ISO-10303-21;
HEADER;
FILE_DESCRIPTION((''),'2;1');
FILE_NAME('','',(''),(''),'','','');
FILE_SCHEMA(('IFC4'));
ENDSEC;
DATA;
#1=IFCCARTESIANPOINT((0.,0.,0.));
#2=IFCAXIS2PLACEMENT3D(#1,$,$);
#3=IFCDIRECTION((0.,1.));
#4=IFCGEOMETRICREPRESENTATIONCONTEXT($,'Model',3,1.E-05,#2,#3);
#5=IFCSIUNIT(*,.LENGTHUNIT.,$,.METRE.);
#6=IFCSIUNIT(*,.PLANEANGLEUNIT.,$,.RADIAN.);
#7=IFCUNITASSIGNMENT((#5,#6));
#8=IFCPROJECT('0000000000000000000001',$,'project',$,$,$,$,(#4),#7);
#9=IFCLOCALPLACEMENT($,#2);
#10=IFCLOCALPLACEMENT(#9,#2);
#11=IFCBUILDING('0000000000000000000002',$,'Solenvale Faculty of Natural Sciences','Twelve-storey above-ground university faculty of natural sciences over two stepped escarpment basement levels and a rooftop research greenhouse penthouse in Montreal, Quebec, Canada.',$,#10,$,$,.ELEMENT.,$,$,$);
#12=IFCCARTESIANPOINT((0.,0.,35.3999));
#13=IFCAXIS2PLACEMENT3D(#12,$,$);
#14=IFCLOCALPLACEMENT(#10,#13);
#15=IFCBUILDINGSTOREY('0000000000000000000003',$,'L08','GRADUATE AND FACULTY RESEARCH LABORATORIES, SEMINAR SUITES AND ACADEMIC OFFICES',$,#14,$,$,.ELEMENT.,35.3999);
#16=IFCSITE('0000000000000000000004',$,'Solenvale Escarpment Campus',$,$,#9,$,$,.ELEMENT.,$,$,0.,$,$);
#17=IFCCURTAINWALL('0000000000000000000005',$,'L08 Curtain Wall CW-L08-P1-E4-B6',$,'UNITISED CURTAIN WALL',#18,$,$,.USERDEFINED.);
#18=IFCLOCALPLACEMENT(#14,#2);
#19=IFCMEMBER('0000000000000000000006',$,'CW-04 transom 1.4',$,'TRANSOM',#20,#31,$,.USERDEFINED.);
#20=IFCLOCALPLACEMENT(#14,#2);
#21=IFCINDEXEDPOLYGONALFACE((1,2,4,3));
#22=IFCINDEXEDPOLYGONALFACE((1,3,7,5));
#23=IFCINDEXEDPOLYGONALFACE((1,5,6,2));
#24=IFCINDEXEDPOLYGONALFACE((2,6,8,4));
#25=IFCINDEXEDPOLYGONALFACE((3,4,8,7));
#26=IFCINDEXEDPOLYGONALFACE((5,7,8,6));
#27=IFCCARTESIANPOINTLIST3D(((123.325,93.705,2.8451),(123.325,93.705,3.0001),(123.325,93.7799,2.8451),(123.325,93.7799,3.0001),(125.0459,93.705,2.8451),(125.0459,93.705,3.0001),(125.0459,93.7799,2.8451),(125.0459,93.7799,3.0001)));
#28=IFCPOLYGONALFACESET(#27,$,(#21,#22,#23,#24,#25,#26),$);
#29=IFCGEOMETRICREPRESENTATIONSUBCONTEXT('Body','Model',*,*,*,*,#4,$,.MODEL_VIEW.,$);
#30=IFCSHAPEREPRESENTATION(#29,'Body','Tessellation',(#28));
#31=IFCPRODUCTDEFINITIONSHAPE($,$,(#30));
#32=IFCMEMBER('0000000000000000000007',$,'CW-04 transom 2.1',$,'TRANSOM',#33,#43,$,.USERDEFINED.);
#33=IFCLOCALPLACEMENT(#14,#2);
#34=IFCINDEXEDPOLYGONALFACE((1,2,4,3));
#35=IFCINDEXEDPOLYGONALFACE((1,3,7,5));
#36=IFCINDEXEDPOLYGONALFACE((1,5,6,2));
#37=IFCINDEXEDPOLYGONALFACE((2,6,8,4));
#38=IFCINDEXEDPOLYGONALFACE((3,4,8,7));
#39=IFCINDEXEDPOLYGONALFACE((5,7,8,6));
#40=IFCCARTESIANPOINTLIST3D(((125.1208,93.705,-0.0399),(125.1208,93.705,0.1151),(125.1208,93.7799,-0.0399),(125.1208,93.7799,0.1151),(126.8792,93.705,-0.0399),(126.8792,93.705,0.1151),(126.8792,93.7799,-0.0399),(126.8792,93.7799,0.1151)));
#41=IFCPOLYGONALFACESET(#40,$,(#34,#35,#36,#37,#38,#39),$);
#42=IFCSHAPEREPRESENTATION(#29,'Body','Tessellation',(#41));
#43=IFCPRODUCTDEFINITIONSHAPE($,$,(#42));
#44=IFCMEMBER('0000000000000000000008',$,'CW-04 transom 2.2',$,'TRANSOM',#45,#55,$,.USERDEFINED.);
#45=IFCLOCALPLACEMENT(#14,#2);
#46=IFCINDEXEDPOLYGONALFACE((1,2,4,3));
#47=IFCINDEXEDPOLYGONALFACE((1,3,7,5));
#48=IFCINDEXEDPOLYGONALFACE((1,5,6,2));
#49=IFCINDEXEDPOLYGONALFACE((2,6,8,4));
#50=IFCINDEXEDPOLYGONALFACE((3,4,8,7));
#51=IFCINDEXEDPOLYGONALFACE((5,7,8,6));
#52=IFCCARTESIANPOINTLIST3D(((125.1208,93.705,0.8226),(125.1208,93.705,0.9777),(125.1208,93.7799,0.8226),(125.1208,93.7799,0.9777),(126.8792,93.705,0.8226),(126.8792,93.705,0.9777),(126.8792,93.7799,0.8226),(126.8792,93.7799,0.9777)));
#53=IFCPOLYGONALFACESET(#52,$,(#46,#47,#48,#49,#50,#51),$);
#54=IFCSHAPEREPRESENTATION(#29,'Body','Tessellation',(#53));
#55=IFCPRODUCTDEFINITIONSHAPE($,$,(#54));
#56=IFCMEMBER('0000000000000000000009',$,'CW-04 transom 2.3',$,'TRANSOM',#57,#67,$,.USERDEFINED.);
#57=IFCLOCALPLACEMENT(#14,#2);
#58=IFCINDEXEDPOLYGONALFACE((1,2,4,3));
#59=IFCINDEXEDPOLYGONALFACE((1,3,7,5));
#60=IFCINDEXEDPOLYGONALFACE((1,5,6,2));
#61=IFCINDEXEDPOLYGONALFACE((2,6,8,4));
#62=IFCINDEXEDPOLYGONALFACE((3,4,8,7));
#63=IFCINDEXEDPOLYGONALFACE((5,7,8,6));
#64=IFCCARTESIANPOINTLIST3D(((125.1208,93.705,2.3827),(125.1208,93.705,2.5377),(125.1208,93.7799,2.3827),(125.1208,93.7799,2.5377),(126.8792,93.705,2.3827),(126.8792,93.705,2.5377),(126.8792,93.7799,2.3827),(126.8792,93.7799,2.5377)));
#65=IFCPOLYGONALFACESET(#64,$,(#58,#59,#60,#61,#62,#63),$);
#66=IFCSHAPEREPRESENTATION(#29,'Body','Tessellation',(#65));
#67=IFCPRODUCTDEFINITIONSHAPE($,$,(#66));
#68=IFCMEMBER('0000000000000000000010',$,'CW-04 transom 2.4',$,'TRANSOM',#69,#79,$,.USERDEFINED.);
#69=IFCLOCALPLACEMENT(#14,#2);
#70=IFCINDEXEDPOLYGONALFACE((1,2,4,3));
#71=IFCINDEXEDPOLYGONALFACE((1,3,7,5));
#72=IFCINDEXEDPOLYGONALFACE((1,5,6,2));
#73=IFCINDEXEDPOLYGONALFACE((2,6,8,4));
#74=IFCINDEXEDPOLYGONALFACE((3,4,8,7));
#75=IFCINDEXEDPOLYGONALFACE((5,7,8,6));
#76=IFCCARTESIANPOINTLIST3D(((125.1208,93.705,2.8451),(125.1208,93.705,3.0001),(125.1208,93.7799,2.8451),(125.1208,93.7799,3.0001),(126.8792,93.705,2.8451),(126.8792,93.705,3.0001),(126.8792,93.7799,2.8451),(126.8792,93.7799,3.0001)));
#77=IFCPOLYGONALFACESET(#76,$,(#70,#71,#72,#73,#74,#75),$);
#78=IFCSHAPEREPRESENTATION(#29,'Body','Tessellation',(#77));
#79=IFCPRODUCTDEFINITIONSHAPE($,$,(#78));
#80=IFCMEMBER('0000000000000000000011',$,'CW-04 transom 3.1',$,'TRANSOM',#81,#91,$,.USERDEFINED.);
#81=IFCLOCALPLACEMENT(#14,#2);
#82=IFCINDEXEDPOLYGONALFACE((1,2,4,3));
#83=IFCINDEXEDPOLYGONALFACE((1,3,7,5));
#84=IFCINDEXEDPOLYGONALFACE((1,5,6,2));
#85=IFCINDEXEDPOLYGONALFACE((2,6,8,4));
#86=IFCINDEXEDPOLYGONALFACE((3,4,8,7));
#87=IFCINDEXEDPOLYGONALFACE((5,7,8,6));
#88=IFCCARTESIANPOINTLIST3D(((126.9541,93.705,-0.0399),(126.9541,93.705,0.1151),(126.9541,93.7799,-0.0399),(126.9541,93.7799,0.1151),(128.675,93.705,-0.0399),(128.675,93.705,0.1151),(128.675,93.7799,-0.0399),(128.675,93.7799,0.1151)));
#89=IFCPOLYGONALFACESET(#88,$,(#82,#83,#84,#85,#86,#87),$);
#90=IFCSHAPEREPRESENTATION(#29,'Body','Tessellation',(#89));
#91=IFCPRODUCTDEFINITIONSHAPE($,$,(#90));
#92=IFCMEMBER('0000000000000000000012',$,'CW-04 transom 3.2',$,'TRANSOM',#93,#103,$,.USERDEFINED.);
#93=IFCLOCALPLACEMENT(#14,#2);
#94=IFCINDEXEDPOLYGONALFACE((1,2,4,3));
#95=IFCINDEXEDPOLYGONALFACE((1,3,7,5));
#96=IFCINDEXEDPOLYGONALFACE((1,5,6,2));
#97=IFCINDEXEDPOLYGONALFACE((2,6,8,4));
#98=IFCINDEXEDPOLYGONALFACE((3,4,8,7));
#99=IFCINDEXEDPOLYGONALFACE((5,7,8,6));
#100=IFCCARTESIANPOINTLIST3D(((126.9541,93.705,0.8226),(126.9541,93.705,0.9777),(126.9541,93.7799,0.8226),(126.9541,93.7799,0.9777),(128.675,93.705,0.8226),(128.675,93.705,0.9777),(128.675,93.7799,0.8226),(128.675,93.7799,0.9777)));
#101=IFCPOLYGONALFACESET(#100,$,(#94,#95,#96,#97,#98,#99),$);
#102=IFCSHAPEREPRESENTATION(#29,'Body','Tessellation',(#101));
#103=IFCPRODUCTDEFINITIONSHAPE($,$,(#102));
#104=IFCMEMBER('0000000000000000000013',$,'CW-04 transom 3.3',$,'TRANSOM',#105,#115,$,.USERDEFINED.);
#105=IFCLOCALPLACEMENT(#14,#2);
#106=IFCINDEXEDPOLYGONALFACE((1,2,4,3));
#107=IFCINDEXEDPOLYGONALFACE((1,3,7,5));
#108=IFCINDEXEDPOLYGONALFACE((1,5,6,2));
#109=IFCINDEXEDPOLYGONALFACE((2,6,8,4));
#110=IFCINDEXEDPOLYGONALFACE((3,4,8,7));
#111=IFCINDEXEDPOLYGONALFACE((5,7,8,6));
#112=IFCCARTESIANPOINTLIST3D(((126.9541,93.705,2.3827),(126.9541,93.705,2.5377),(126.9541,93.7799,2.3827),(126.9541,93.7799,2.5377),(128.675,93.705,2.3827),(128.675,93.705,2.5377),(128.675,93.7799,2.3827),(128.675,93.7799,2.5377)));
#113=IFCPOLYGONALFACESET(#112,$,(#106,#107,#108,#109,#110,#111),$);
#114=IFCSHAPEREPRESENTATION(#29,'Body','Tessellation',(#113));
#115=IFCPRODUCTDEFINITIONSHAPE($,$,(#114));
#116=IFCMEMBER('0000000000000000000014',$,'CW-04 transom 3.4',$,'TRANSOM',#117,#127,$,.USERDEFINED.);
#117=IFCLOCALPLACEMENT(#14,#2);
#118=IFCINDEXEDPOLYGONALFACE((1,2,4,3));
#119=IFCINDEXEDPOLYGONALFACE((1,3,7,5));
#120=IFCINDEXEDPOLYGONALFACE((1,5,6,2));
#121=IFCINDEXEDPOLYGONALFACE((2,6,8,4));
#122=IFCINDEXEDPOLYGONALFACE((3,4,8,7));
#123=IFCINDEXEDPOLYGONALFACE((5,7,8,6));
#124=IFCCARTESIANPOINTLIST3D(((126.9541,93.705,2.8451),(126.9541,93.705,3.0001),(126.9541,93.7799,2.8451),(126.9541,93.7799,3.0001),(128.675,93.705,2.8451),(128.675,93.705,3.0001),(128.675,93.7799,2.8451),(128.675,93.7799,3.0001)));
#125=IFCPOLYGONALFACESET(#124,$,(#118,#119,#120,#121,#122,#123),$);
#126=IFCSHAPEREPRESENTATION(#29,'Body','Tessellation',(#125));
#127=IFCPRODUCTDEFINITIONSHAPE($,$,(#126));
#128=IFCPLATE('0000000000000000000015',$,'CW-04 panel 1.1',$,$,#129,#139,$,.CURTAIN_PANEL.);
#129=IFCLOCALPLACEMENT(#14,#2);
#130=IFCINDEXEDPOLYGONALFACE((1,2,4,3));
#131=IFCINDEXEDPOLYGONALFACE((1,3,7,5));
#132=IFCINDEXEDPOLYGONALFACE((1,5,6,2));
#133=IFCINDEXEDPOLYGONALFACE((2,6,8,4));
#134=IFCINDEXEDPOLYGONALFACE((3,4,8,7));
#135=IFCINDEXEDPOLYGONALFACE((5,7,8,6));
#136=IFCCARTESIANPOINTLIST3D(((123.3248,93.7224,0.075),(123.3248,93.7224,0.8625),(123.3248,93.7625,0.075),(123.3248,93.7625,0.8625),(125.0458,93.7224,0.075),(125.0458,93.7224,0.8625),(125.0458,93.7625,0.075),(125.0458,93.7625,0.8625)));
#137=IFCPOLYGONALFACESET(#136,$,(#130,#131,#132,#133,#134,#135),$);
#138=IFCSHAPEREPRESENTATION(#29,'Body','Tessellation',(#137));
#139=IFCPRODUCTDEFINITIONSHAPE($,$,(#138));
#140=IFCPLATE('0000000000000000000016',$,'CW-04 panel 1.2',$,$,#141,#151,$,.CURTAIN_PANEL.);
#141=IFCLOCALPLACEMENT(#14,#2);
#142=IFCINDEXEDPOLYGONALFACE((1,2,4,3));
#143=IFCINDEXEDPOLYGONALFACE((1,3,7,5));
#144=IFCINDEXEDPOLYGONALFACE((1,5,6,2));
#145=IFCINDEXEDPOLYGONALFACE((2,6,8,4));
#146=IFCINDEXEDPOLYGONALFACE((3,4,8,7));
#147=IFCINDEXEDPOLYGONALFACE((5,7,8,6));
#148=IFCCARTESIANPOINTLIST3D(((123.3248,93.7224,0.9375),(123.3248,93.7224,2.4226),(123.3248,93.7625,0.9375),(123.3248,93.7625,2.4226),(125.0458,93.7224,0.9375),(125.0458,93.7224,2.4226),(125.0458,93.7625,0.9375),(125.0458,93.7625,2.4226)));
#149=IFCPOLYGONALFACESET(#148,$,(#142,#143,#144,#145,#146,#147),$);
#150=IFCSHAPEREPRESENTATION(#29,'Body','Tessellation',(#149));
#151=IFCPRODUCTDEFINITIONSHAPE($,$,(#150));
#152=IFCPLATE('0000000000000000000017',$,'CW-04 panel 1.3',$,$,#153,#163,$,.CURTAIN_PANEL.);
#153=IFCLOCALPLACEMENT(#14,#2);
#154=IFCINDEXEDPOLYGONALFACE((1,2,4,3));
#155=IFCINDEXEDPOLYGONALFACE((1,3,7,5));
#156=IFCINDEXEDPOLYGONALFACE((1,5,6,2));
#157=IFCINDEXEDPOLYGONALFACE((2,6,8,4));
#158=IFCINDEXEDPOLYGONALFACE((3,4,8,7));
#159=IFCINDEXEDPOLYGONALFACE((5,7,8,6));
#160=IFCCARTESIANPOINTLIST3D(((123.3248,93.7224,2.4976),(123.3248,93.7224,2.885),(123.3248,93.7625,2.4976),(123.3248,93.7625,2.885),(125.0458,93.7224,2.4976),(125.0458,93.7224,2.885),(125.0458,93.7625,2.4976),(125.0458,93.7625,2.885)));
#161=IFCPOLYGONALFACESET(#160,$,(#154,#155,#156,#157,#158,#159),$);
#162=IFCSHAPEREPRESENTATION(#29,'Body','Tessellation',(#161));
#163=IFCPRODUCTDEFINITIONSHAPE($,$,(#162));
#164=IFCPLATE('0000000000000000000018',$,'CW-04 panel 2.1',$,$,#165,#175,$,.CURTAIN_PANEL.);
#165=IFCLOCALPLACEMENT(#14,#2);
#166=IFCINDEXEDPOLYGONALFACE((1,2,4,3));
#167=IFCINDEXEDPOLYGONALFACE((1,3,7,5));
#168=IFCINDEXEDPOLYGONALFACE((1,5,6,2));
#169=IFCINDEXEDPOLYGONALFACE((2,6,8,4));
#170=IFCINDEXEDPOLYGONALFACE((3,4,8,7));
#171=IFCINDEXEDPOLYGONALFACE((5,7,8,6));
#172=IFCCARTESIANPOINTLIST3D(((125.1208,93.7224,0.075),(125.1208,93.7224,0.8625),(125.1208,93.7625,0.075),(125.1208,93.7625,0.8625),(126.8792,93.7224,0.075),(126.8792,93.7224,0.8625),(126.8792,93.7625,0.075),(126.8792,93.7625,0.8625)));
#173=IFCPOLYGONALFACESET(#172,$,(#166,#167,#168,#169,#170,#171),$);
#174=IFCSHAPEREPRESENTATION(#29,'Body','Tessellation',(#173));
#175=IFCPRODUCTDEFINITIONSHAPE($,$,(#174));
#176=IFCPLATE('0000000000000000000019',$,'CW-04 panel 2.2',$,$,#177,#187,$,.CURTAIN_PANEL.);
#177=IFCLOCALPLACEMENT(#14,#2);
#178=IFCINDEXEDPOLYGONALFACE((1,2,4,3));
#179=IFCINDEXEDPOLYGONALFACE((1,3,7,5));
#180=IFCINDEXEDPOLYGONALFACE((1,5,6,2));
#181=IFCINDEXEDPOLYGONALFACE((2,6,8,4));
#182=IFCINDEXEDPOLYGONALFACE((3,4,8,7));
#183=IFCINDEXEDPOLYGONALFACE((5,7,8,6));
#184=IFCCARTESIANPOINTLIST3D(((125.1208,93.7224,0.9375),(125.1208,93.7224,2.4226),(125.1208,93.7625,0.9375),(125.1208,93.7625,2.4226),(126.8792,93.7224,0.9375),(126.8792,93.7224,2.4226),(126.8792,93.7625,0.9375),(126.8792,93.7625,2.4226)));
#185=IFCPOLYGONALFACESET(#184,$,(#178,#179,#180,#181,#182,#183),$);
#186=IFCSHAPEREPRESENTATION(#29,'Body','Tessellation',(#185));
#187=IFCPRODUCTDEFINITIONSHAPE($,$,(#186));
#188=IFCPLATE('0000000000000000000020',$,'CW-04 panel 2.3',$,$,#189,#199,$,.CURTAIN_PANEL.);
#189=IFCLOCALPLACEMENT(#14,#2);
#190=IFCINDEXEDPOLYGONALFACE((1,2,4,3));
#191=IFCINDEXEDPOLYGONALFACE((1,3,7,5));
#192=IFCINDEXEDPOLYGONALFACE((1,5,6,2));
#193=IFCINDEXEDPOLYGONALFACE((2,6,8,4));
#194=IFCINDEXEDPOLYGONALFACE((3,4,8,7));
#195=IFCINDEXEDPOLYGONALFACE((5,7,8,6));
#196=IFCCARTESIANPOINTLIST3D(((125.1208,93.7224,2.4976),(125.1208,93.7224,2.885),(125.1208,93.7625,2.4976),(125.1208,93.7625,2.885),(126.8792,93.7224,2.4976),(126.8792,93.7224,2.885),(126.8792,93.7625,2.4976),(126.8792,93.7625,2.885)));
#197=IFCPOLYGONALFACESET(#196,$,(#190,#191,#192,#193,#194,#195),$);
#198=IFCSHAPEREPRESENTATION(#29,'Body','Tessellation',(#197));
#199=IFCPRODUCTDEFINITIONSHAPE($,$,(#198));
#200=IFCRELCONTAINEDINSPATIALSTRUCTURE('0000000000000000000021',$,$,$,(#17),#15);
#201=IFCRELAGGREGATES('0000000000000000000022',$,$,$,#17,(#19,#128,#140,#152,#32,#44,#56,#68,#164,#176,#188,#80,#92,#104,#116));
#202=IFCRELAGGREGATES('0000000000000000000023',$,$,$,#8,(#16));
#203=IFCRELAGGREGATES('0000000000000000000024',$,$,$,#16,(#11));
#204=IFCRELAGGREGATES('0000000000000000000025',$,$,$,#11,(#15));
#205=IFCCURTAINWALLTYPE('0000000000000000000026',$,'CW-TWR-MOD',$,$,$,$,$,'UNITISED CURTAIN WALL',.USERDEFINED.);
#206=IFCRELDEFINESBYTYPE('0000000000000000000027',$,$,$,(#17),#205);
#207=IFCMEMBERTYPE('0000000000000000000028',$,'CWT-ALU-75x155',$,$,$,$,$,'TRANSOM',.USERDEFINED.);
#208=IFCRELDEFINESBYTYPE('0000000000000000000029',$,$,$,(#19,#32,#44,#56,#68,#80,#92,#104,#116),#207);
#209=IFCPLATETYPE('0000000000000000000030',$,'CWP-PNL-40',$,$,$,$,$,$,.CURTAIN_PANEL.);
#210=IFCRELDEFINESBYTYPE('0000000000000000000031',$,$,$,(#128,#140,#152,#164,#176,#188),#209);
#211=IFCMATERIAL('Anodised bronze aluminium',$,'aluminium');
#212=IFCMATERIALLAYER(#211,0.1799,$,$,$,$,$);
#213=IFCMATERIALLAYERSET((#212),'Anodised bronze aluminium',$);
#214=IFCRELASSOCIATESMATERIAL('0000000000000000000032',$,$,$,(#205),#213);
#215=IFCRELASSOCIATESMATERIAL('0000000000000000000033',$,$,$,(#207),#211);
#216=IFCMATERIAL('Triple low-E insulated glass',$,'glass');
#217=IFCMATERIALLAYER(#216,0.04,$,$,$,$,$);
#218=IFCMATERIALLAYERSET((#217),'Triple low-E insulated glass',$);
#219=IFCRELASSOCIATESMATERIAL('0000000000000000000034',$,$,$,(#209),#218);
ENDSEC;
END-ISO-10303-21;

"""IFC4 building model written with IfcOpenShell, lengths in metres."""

from ifc_helpers import new_model, si_unit, direction, frame, origin, origin_2d, place, context, subcontext, project, spatial, rectangle, extrude, material, layer, layer_set, material_profile, profile_set, type_object, element, aggregate, save


model = new_model("IFC4")

# Units and contexts
model_context = context("Model", 3, precision=1e-05, world=origin(), true_north=direction((0.0, 1.0)))
body_context = subcontext(model_context, "Body", "Model", "MODEL_VIEW")
ifc_project = project(units=[si_unit("LENGTHUNIT", "METRE"), si_unit("PLANEANGLEUNIT", "RADIAN")], contexts=[model_context])

# Site, building, storey
site_placement = place(None, origin())
site = spatial("IfcSite", under=ifc_project, at=site_placement, Name="Solenvale Escarpment Campus", CompositionType="ELEMENT", RefElevation=0.0)
building_placement = place(site_placement, origin())
building = spatial("IfcBuilding", under=site, at=building_placement, Name="Solenvale Faculty of Natural Sciences", Description="Twelve-storey above-ground university faculty of natural sciences over two stepped escarpment basement levels and a rooftop research greenhouse penthouse in Montreal, Quebec, Canada.", CompositionType="ELEMENT")
storey_placement = place(building_placement, frame((0.0, 0.0, 35.3999)))
storey = spatial("IfcBuildingStorey", under=building, at=storey_placement, Name="L08", Description="GRADUATE AND FACULTY RESEARCH LABORATORIES, SEMINAR SUITES AND ACADEMIC OFFICES", CompositionType="ELEMENT", Elevation=35.3999)

# Shared definitions
ifc_material_1 = material(Name="Anodised bronze aluminium", Category="aluminium")
ifc_layer_1 = layer(ifc_material_1, 0.1799)
ifc_layer_set_1 = layer_set([ifc_layer_1], Name="Anodised bronze aluminium")
curtain_wall_type = type_object("IfcCurtainWallType", Name="CW-TWR-MOD", ElementType="UNITISED CURTAIN WALL", PredefinedType="USERDEFINED", material=ifc_layer_set_1)

# Curtain wall, members, plates
curtain_wall_1_placement = place(storey_placement, origin())
curtain_wall_1 = element("IfcCurtainWall", 1, at=curtain_wall_1_placement, inside=storey, type_object=curtain_wall_type, Name="L08 Curtain Wall CW-L08-P1-E4-B6", ObjectType="UNITISED CURTAIN WALL", PredefinedType="USERDEFINED")
ifc_material_profile_1 = material_profile(ifc_material_1, rectangle(XDim=0.075, YDim=0.155, at=origin_2d()), Name="ALU-TRN-75x155")
ifc_profile_set_1 = profile_set([ifc_material_profile_1], Name="Anodised bronze aluminium")
member_type_1 = type_object("IfcMemberType", Name="CWT-ALU-75x155", ElementType="TRANSOM", PredefinedType="USERDEFINED", material=ifc_profile_set_1)
member_1_placement = place(storey_placement, frame((123.325, 93.7424, 2.9226), z_axis=(1.0, 0.0, 0.0), x_axis=(0.0, 1.0, 0.0)))
member_1 = element("IfcMember", 2, at=member_1_placement, type_object=member_type_1, Name="CW-04 transom 1.4", ObjectType="TRANSOM", PredefinedType="USERDEFINED", context=body_context, shape_type="SweptSolid", body=[
    extrude(rectangle(XDim=0.075, YDim=0.155, at=origin_2d()), origin(), (0.0, 0.0, 1.0), 1.7209),
])
member_2_placement = place(storey_placement, frame((125.1208, 93.7424, 0.0376), z_axis=(1.0, 0.0, 0.0), x_axis=(0.0, 1.0, 0.0)))
member_2 = element("IfcMember", 3, at=member_2_placement, type_object=member_type_1, Name="CW-04 transom 2.1", ObjectType="TRANSOM", PredefinedType="USERDEFINED", context=body_context, shape_type="SweptSolid", body=[
    extrude(rectangle(XDim=0.075, YDim=0.155, at=origin_2d()), origin(), (0.0, 0.0, 1.0), 1.7583),
])
member_3_placement = place(storey_placement, frame((125.1208, 93.7424, 0.9001), z_axis=(1.0, 0.0, 0.0), x_axis=(0.0, 1.0, 0.0)))
member_3 = element("IfcMember", 4, at=member_3_placement, type_object=member_type_1, Name="CW-04 transom 2.2", ObjectType="TRANSOM", PredefinedType="USERDEFINED", context=body_context, shape_type="SweptSolid", body=[
    extrude(rectangle(XDim=0.075, YDim=0.155, at=origin_2d()), origin(), (0.0, 0.0, 1.0), 1.7583),
])
member_4_placement = place(storey_placement, frame((125.1208, 93.7424, 2.4602), z_axis=(1.0, 0.0, 0.0), x_axis=(0.0, 1.0, 0.0)))
member_4 = element("IfcMember", 5, at=member_4_placement, type_object=member_type_1, Name="CW-04 transom 2.3", ObjectType="TRANSOM", PredefinedType="USERDEFINED", context=body_context, shape_type="SweptSolid", body=[
    extrude(rectangle(XDim=0.075, YDim=0.155, at=origin_2d()), origin(), (0.0, 0.0, 1.0), 1.7583),
])
member_5_placement = place(storey_placement, frame((125.1208, 93.7424, 2.9226), z_axis=(1.0, 0.0, 0.0), x_axis=(0.0, 1.0, 0.0)))
member_5 = element("IfcMember", 6, at=member_5_placement, type_object=member_type_1, Name="CW-04 transom 2.4", ObjectType="TRANSOM", PredefinedType="USERDEFINED", context=body_context, shape_type="SweptSolid", body=[
    extrude(rectangle(XDim=0.075, YDim=0.155, at=origin_2d()), origin(), (0.0, 0.0, 1.0), 1.7583),
])
member_6_placement = place(storey_placement, frame((126.9541, 93.7424, 0.0376), z_axis=(1.0, 0.0, 0.0), x_axis=(0.0, 1.0, 0.0)))
member_6 = element("IfcMember", 7, at=member_6_placement, type_object=member_type_1, Name="CW-04 transom 3.1", ObjectType="TRANSOM", PredefinedType="USERDEFINED", context=body_context, shape_type="SweptSolid", body=[
    extrude(rectangle(XDim=0.075, YDim=0.155, at=origin_2d()), origin(), (0.0, 0.0, 1.0), 1.7209),
])
member_7_placement = place(storey_placement, frame((126.9541, 93.7424, 0.9001), z_axis=(1.0, 0.0, 0.0), x_axis=(0.0, 1.0, 0.0)))
member_7 = element("IfcMember", 8, at=member_7_placement, type_object=member_type_1, Name="CW-04 transom 3.2", ObjectType="TRANSOM", PredefinedType="USERDEFINED", context=body_context, shape_type="SweptSolid", body=[
    extrude(rectangle(XDim=0.075, YDim=0.155, at=origin_2d()), origin(), (0.0, 0.0, 1.0), 1.7209),
])
member_8_placement = place(storey_placement, frame((126.9541, 93.7424, 2.4602), z_axis=(1.0, 0.0, 0.0), x_axis=(0.0, 1.0, 0.0)))
member_8 = element("IfcMember", 9, at=member_8_placement, type_object=member_type_1, Name="CW-04 transom 3.3", ObjectType="TRANSOM", PredefinedType="USERDEFINED", context=body_context, shape_type="SweptSolid", body=[
    extrude(rectangle(XDim=0.075, YDim=0.155, at=origin_2d()), origin(), (0.0, 0.0, 1.0), 1.7209),
])
member_9_placement = place(storey_placement, frame((126.9541, 93.7424, 2.9226), z_axis=(1.0, 0.0, 0.0), x_axis=(0.0, 1.0, 0.0)))
member_9 = element("IfcMember", 10, at=member_9_placement, type_object=member_type_1, Name="CW-04 transom 3.4", ObjectType="TRANSOM", PredefinedType="USERDEFINED", context=body_context, shape_type="SweptSolid", body=[
    extrude(rectangle(XDim=0.075, YDim=0.155, at=origin_2d()), origin(), (0.0, 0.0, 1.0), 1.7209),
])
ifc_material_2 = material(Name="Triple low-E insulated glass", Category="glass")
ifc_layer_2 = layer(ifc_material_2, 0.04)
ifc_layer_set_2 = layer_set([ifc_layer_2], Name="Triple low-E insulated glass")
plate_type = type_object("IfcPlateType", Name="CWP-PNL-40", PredefinedType="CURTAIN_PANEL", material=ifc_layer_set_2)
plate_1_placement = place(storey_placement, frame((124.1853, 93.7424, 0.075), z_axis=(0.0, 0.0, 1.0), x_axis=(1.0, 0.0, 0.0)))
plate_1 = element("IfcPlate", 11, at=plate_1_placement, type_object=plate_type, Name="CW-04 panel 1.1", PredefinedType="CURTAIN_PANEL", context=body_context, shape_type="SweptSolid", body=[
    extrude(rectangle(XDim=1.7209, YDim=0.04, at=origin_2d()), origin(), (0.0, 0.0, 1.0), 0.7876),
])
plate_2_placement = place(storey_placement, frame((124.1853, 93.7424, 0.9375), z_axis=(0.0, 0.0, 1.0), x_axis=(1.0, 0.0, 0.0)))
plate_2 = element("IfcPlate", 12, at=plate_2_placement, type_object=plate_type, Name="CW-04 panel 1.2", PredefinedType="CURTAIN_PANEL", context=body_context, shape_type="SweptSolid", body=[
    extrude(rectangle(XDim=1.7209, YDim=0.04, at=origin_2d()), origin(), (0.0, 0.0, 1.0), 1.4851),
])
plate_3_placement = place(storey_placement, frame((124.1853, 93.7424, 2.4976), z_axis=(0.0, 0.0, 1.0), x_axis=(1.0, 0.0, 0.0)))
plate_3 = element("IfcPlate", 13, at=plate_3_placement, type_object=plate_type, Name="CW-04 panel 1.3", PredefinedType="CURTAIN_PANEL", context=body_context, shape_type="SweptSolid", body=[
    extrude(rectangle(XDim=1.7209, YDim=0.04, at=origin_2d()), origin(), (0.0, 0.0, 1.0), 0.3875),
])
plate_4_placement = place(storey_placement, frame((126.0, 93.7424, 0.075), z_axis=(0.0, 0.0, 1.0), x_axis=(1.0, 0.0, 0.0)))
plate_4 = element("IfcPlate", 14, at=plate_4_placement, type_object=plate_type, Name="CW-04 panel 2.1", PredefinedType="CURTAIN_PANEL", context=body_context, shape_type="SweptSolid", body=[
    extrude(rectangle(XDim=1.7583, YDim=0.04, at=origin_2d()), origin(), (0.0, 0.0, 1.0), 0.7876),
])
plate_5_placement = place(storey_placement, frame((126.0, 93.7424, 0.9375), z_axis=(0.0, 0.0, 1.0), x_axis=(1.0, 0.0, 0.0)))
plate_5 = element("IfcPlate", 15, at=plate_5_placement, type_object=plate_type, Name="CW-04 panel 2.2", PredefinedType="CURTAIN_PANEL", context=body_context, shape_type="SweptSolid", body=[
    extrude(rectangle(XDim=1.7583, YDim=0.04, at=origin_2d()), origin(), (0.0, 0.0, 1.0), 1.4851),
])
plate_6_placement = place(storey_placement, frame((126.0, 93.7424, 2.4976), z_axis=(0.0, 0.0, 1.0), x_axis=(1.0, 0.0, 0.0)))
plate_6 = element("IfcPlate", 16, at=plate_6_placement, type_object=plate_type, Name="CW-04 panel 2.3", PredefinedType="CURTAIN_PANEL", context=body_context, shape_type="SweptSolid", body=[
    extrude(rectangle(XDim=1.7583, YDim=0.04, at=origin_2d()), origin(), (0.0, 0.0, 1.0), 0.3875),
])
aggregate(curtain_wall_1, [member_1, plate_1, plate_2, plate_3, member_2, member_3, member_4, member_5, plate_4, plate_5, plate_6, member_6, member_7, member_8, member_9])

save(model, "model.ifc")
